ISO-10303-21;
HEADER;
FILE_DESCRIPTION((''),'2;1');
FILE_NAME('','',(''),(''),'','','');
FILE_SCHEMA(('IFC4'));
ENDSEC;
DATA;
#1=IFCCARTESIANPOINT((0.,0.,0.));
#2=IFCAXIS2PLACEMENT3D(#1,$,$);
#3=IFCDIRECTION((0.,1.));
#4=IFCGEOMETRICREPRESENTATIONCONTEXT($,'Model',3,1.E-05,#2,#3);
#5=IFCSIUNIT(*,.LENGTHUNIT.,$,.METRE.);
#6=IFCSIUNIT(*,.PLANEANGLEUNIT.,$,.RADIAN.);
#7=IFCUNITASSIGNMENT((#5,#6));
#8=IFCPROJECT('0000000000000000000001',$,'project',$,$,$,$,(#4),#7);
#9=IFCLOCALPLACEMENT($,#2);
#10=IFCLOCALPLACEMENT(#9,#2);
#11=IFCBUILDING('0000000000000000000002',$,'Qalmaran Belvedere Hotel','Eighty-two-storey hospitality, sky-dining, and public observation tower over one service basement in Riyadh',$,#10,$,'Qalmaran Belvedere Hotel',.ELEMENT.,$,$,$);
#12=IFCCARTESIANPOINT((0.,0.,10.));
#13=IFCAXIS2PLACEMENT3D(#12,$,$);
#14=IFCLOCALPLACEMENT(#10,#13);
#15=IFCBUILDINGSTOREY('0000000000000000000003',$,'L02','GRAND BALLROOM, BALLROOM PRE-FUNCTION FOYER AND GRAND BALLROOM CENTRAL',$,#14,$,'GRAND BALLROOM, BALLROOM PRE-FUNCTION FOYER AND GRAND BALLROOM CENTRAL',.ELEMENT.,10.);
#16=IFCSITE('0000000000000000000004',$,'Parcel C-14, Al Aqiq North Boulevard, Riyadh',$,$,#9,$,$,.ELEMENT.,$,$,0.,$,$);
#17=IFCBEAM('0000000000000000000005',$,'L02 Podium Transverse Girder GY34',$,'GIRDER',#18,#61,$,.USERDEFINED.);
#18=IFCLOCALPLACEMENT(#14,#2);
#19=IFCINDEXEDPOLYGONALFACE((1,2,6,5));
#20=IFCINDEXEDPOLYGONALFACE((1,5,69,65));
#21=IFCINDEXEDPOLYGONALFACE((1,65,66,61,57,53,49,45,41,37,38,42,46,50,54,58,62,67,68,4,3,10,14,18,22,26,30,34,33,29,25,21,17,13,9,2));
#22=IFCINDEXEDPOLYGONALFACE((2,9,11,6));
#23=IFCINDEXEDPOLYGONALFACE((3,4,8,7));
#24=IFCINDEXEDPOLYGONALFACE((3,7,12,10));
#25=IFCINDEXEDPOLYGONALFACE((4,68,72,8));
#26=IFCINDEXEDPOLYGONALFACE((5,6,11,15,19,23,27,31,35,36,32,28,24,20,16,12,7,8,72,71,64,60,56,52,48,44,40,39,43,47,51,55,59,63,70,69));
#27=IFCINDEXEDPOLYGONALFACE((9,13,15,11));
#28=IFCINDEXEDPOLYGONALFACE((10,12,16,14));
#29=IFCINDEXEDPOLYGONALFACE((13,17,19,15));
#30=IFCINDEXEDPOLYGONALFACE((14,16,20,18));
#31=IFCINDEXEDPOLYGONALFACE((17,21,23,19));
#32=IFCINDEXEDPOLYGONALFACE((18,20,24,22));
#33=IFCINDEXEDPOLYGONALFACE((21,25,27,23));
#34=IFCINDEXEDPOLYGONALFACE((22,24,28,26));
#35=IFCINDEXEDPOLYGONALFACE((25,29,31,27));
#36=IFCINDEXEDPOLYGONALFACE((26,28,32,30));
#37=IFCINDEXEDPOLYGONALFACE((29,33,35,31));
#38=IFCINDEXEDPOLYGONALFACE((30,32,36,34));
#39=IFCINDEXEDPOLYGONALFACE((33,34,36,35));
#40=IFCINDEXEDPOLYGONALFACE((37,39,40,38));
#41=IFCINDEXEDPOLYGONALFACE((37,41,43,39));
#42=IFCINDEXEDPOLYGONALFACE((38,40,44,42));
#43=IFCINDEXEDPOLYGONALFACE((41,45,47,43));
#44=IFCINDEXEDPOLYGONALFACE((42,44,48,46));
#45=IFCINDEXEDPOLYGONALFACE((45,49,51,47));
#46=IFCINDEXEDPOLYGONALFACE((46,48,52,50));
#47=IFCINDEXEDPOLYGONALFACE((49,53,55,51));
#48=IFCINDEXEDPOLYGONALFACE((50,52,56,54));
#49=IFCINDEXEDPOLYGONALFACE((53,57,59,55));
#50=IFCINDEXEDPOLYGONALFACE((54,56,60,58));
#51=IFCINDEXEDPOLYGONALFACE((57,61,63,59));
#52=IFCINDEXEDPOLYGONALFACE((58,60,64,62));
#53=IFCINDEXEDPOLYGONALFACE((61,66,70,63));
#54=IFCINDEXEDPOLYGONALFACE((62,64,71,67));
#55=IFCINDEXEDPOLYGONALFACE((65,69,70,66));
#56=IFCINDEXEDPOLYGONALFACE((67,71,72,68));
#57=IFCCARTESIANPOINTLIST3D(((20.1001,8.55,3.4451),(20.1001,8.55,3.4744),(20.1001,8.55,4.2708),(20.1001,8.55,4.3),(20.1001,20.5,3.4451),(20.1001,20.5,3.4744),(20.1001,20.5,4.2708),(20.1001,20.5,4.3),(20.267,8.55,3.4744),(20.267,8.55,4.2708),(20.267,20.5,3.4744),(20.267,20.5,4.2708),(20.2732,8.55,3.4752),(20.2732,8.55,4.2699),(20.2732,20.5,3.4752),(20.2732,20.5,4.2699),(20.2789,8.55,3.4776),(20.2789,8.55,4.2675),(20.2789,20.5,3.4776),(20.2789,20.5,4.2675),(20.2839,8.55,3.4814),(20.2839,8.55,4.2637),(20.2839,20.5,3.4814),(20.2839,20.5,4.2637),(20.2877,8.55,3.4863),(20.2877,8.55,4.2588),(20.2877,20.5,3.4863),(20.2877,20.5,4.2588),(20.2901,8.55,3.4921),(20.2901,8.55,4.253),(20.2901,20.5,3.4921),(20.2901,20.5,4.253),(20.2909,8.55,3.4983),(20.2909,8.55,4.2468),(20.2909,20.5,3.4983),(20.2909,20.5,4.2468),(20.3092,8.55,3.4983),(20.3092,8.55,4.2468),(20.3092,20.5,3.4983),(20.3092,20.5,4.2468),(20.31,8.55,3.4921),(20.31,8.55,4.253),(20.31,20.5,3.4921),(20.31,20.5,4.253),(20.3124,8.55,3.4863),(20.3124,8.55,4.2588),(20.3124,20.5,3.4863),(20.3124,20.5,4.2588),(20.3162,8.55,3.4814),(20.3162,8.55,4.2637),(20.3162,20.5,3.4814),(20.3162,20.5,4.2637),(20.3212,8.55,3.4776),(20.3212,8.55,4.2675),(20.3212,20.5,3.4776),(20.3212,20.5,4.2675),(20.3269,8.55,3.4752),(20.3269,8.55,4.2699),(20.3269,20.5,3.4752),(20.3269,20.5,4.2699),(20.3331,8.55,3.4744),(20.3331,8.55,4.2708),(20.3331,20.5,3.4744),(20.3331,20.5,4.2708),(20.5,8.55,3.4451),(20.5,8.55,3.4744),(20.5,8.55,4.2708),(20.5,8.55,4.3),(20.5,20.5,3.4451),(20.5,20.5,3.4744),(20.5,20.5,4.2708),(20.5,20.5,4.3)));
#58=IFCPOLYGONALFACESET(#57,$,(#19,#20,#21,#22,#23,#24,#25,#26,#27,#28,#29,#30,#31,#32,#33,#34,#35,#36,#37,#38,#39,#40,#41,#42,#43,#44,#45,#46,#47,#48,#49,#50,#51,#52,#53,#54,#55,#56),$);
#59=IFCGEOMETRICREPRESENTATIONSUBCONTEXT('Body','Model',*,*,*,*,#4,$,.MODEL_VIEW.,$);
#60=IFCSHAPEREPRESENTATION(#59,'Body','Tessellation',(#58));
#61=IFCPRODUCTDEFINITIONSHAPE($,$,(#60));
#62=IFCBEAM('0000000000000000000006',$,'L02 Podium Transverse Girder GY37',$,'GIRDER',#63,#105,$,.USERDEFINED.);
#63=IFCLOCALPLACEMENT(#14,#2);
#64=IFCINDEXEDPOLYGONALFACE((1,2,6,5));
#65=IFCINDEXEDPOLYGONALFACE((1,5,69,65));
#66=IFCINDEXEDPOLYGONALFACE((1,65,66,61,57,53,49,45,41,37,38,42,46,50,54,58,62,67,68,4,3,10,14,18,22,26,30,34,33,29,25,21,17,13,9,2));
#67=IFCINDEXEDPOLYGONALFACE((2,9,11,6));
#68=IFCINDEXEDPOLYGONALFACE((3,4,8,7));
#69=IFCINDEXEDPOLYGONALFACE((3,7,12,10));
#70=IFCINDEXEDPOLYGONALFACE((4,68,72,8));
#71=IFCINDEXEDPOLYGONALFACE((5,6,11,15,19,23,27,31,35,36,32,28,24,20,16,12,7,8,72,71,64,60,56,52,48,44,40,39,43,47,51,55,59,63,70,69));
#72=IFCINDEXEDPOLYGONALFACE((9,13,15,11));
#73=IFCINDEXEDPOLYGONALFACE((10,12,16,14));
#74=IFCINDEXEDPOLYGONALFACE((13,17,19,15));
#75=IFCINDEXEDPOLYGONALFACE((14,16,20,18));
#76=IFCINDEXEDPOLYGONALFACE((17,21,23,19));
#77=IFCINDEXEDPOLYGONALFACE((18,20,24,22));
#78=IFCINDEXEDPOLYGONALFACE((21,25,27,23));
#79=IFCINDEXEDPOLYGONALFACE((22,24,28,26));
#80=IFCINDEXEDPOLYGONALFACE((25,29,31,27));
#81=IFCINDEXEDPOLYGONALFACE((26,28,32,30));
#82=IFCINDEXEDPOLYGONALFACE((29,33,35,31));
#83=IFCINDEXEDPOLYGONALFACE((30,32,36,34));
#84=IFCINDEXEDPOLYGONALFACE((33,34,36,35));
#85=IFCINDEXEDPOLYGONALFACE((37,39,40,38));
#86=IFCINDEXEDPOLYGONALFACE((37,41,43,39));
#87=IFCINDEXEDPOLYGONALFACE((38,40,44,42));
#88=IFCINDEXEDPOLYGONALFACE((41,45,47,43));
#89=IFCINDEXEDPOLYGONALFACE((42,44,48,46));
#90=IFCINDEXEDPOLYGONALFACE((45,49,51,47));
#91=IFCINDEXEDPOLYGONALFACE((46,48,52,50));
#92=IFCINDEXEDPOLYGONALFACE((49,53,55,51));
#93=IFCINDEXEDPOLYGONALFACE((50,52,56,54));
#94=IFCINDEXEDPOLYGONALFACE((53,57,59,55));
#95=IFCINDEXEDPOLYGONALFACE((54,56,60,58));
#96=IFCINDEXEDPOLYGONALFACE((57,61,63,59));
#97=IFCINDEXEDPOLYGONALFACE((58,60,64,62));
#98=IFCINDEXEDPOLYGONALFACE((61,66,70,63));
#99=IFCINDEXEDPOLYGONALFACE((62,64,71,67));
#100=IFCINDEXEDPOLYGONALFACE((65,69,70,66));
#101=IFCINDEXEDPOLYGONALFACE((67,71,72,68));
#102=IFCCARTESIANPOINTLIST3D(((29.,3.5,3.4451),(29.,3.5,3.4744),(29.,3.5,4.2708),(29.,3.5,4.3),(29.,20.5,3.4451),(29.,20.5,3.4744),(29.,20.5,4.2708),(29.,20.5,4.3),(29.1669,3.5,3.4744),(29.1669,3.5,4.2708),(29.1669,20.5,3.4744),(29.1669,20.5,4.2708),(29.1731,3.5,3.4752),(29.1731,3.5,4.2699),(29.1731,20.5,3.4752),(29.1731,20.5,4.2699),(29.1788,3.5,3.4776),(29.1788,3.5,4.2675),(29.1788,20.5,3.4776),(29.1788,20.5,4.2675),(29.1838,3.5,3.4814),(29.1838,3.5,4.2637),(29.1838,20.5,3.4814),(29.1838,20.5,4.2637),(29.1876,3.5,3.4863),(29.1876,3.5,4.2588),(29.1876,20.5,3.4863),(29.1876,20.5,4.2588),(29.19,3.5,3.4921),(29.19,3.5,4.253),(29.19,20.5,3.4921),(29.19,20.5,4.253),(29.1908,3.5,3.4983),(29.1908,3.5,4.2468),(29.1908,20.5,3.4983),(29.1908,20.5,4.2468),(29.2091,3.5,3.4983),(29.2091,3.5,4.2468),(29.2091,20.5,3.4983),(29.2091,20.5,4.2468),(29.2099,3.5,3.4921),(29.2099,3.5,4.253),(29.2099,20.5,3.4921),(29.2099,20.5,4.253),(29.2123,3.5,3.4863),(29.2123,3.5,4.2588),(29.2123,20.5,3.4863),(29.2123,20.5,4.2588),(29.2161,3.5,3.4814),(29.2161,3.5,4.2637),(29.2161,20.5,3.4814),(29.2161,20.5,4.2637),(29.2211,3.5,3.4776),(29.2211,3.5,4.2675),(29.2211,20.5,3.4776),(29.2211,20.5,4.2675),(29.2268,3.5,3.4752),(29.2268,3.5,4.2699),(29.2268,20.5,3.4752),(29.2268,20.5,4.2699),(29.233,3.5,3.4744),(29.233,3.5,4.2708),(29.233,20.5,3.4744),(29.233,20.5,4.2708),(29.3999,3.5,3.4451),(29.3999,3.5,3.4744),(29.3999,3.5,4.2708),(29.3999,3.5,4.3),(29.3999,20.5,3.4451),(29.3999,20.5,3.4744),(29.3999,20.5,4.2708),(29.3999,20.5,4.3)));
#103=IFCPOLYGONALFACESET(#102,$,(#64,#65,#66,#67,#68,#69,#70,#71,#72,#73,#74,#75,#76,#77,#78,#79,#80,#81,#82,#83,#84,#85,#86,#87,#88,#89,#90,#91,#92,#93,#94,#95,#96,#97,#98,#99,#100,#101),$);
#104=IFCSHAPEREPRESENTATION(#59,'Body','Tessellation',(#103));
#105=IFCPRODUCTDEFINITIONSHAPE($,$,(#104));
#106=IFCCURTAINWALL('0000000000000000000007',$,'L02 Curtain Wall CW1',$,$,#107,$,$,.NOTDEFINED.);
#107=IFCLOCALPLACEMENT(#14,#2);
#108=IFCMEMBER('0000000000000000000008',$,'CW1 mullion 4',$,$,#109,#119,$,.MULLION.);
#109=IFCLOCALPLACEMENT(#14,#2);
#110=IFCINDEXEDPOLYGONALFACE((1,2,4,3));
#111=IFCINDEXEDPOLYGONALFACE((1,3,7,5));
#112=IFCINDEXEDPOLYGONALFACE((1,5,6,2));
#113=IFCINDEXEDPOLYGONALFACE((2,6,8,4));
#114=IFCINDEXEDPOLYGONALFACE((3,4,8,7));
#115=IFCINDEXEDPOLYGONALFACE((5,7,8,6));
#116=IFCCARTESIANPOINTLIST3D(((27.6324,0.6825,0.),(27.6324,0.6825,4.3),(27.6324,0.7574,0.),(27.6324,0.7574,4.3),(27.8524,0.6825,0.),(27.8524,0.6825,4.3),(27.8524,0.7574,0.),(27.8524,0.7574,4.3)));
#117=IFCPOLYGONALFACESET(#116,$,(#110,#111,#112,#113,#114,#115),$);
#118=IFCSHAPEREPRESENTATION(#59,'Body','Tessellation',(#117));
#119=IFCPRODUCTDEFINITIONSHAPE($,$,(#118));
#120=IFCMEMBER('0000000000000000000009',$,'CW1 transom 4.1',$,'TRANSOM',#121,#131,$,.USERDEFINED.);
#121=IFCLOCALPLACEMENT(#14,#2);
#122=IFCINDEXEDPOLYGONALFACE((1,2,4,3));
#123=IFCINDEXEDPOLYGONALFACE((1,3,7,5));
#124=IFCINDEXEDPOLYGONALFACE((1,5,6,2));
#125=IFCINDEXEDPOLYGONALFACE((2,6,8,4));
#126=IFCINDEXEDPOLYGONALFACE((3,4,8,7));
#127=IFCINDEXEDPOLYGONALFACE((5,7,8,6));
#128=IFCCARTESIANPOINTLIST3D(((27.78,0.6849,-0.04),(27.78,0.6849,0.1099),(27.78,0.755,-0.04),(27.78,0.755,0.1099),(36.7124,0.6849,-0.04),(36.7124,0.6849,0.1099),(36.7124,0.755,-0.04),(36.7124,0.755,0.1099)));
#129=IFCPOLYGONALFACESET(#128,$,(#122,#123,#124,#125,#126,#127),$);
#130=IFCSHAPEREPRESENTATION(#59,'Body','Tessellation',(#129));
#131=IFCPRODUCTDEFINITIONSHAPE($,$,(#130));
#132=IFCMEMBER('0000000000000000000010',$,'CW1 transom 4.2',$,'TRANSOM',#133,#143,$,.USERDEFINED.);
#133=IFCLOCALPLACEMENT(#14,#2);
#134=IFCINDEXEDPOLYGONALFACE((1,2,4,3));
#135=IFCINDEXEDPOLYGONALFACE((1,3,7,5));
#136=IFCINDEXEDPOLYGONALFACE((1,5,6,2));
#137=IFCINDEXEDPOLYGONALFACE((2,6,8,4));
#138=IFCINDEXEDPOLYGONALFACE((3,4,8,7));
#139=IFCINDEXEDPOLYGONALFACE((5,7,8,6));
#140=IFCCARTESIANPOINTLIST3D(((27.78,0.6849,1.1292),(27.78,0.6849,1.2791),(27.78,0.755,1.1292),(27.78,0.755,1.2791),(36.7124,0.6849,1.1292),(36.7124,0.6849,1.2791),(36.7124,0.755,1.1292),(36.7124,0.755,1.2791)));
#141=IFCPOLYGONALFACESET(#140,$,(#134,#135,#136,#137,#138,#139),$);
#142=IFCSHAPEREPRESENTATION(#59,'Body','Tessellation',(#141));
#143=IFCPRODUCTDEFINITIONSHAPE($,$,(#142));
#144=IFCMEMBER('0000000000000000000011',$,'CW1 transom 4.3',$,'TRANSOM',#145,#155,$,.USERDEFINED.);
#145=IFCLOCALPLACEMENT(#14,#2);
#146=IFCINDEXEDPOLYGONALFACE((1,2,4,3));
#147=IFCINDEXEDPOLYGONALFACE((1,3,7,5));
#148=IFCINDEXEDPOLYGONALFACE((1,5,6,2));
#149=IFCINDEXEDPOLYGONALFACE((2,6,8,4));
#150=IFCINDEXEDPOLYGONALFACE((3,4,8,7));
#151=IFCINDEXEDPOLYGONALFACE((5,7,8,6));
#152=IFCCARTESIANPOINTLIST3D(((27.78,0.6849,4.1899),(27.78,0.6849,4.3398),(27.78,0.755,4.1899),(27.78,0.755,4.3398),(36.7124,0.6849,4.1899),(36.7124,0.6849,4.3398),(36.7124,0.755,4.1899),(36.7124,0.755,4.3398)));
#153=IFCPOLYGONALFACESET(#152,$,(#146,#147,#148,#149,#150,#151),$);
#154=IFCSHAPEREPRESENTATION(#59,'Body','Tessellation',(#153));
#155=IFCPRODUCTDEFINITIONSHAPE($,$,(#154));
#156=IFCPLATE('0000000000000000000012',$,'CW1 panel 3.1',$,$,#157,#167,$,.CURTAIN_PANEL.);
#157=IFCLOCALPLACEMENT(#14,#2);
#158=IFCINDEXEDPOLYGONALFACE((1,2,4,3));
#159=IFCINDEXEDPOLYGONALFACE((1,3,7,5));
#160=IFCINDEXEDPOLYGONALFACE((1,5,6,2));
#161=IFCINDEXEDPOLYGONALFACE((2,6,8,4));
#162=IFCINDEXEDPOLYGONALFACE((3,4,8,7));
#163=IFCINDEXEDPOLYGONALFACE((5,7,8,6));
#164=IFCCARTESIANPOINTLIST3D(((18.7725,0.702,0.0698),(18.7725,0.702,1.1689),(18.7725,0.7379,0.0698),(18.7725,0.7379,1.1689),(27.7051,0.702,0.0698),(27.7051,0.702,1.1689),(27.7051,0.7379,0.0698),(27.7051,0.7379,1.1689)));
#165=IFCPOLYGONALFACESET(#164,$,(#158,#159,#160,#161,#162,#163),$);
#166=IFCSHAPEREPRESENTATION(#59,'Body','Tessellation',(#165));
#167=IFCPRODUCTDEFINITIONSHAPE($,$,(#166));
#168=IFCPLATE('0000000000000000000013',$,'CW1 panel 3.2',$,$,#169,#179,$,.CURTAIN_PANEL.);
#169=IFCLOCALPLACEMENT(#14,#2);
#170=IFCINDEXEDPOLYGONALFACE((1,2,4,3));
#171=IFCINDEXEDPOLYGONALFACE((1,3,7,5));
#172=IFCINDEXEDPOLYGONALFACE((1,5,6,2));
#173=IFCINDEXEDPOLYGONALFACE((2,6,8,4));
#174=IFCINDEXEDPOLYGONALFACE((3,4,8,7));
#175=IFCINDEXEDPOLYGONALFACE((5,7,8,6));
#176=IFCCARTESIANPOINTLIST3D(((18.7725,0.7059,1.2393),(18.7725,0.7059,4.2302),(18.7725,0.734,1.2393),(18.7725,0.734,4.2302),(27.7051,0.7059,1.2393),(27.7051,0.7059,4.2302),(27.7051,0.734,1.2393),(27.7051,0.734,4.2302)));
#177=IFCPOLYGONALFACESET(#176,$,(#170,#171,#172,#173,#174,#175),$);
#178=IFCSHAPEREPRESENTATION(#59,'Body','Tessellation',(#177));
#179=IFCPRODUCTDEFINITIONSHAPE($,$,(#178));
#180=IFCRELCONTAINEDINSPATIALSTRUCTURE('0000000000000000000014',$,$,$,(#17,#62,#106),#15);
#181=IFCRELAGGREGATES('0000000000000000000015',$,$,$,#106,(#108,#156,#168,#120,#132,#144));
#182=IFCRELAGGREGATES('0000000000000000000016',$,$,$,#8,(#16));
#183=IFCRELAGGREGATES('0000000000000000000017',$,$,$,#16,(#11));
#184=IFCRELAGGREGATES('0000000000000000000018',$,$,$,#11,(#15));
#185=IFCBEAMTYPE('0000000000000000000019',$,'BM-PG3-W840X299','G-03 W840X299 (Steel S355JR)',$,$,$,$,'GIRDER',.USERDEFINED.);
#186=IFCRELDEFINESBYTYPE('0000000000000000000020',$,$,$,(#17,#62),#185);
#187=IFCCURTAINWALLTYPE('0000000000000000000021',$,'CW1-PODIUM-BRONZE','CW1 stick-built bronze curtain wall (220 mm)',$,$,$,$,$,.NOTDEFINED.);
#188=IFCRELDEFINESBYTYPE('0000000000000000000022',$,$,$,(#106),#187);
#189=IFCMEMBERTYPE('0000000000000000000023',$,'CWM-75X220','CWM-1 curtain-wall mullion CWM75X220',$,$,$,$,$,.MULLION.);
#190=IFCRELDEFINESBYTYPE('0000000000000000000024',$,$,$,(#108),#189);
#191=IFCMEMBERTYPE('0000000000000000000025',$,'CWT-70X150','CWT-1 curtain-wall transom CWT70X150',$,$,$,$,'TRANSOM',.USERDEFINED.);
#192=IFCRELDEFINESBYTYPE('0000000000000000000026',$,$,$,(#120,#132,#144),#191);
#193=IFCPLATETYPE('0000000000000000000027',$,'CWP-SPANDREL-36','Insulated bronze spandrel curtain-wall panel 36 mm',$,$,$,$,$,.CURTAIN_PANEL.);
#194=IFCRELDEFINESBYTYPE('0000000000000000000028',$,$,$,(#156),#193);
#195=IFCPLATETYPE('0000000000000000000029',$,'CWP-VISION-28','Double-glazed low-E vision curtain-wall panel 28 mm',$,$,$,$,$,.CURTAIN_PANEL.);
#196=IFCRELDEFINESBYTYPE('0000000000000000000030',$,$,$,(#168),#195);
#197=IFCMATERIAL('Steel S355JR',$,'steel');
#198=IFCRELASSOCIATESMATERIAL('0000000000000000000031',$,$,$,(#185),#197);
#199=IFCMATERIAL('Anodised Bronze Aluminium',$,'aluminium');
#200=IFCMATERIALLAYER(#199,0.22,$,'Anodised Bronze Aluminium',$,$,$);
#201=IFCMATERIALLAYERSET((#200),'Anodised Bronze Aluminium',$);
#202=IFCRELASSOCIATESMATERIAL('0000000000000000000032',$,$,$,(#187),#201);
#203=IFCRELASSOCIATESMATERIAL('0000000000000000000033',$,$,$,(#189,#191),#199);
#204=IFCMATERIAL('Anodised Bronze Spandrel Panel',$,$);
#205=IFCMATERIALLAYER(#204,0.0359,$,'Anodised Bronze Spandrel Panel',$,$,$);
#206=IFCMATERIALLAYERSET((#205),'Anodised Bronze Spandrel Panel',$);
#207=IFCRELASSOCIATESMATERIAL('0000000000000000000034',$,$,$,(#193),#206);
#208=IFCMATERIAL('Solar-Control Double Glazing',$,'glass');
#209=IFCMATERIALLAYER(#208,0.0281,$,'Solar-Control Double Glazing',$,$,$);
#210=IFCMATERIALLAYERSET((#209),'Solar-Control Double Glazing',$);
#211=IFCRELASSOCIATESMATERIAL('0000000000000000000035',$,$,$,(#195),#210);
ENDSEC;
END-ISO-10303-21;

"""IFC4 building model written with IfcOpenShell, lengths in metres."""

from ifc_helpers import new_model, si_unit, direction, frame, origin, origin_2d, place, context, subcontext, project, spatial, rectangle, i_section, extrude, material, layer, layer_set, material_profile, profile_set, type_object, element, aggregate, save


model = new_model("IFC4")

# Units and contexts
model_context = context("Model", 3, precision=1e-05, world=origin(), true_north=direction((0.0, 1.0)))
body_context = subcontext(model_context, "Body", "Model", "MODEL_VIEW")
ifc_project = project(units=[si_unit("LENGTHUNIT", "METRE"), si_unit("PLANEANGLEUNIT", "RADIAN")], contexts=[model_context])

# Site, building, storey
site_placement = place(None, origin())
site = spatial("IfcSite", under=ifc_project, at=site_placement, Name="Parcel C-14, Al Aqiq North Boulevard, Riyadh", CompositionType="ELEMENT", RefElevation=0.0)
building_placement = place(site_placement, origin())
building = spatial("IfcBuilding", under=site, at=building_placement, Name="Qalmaran Belvedere Hotel", Description="Eighty-two-storey hospitality, sky-dining, and public observation tower over one service basement in Riyadh", LongName="Qalmaran Belvedere Hotel", CompositionType="ELEMENT")
storey_placement = place(building_placement, frame((0.0, 0.0, 10.0)))
storey = spatial("IfcBuildingStorey", under=building, at=storey_placement, Name="L02", Description="GRAND BALLROOM, BALLROOM PRE-FUNCTION FOYER AND GRAND BALLROOM CENTRAL", LongName="GRAND BALLROOM, BALLROOM PRE-FUNCTION FOYER AND GRAND BALLROOM CENTRAL", CompositionType="ELEMENT", Elevation=10.0)

# Beams
ifc_material_1 = material(Name="Steel S355JR", Category="steel")
ifc_material_profile_1 = material_profile(ifc_material_1, i_section(OverallWidth=0.3999, OverallDepth=0.855, WebThickness=0.0183, FlangeThickness=0.0293, FilletRadius=0.0239, at=origin_2d()), Name="W840X299")
ifc_profile_set_1 = profile_set([ifc_material_profile_1], Name="Steel S355JR")
beam_type_1 = type_object("IfcBeamType", Name="BM-PG3-W840X299", Description="G-03 W840X299 (Steel S355JR)", ElementType="GIRDER", PredefinedType="USERDEFINED", material=ifc_profile_set_1)
beam_1_placement = place(storey_placement, frame((20.3, 8.55, 3.8726), z_axis=(0.0, 1.0, 0.0), x_axis=(-1.0, 0.0, 0.0)))
element("IfcBeam", 1, at=beam_1_placement, inside=storey, type_object=beam_type_1, Name="L02 Podium Transverse Girder GY34", ObjectType="GIRDER", PredefinedType="USERDEFINED", context=body_context, shape_type="SweptSolid", body=[
    extrude(i_section(OverallWidth=0.3999, OverallDepth=0.855, WebThickness=0.0183, FlangeThickness=0.0293, FilletRadius=0.0239, at=origin_2d()), origin(), (0.0, 0.0, 1.0), 11.95),
])
beam_2_placement = place(storey_placement, frame((29.2, 3.5, 3.8726), z_axis=(0.0, 1.0, 0.0), x_axis=(-1.0, 0.0, 0.0)))
element("IfcBeam", 2, at=beam_2_placement, inside=storey, type_object=beam_type_1, Name="L02 Podium Transverse Girder GY37", ObjectType="GIRDER", PredefinedType="USERDEFINED", context=body_context, shape_type="SweptSolid", body=[
    extrude(i_section(OverallWidth=0.3999, OverallDepth=0.855, WebThickness=0.0183, FlangeThickness=0.0293, FilletRadius=0.0239, at=origin_2d()), origin(), (0.0, 0.0, 1.0), 17.0),
])

# Curtain wall, members, plates
ifc_material_2 = material(Name="Anodised Bronze Aluminium", Category="aluminium")
ifc_layer_1 = layer(ifc_material_2, 0.22, Name="Anodised Bronze Aluminium")
ifc_layer_set_1 = layer_set([ifc_layer_1], Name="Anodised Bronze Aluminium")
curtain_wall_type = type_object("IfcCurtainWallType", Name="CW1-PODIUM-BRONZE", Description="CW1 stick-built bronze curtain wall (220 mm)", PredefinedType="NOTDEFINED", material=ifc_layer_set_1)
curtain_wall_placement = place(storey_placement, origin())
curtain_wall = element("IfcCurtainWall", 3, at=curtain_wall_placement, inside=storey, type_object=curtain_wall_type, Name="L02 Curtain Wall CW1", PredefinedType="NOTDEFINED")
ifc_material_profile_2 = material_profile(ifc_material_2, rectangle(XDim=0.075, YDim=0.22, at=origin_2d()), Name="CWM75X220")
ifc_profile_set_2 = profile_set([ifc_material_profile_2], Name="Anodised Bronze Aluminium")
member_type_1 = type_object("IfcMemberType", Name="CWM-75X220", Description="CWM-1 curtain-wall mullion CWM75X220", PredefinedType="MULLION", material=ifc_profile_set_2)
member_1_placement = place(storey_placement, frame((27.7424, 0.72, 0.0), z_axis=(0.0, 0.0, 1.0), x_axis=(0.0, 1.0, 0.0)))
member_1 = element("IfcMember", 4, at=member_1_placement, type_object=member_type_1, Name="CW1 mullion 4", PredefinedType="MULLION", context=body_context, shape_type="SweptSolid", body=[
    extrude(rectangle(XDim=0.075, YDim=0.22, at=origin_2d()), origin(), (0.0, 0.0, 1.0), 4.3),
])
ifc_material_profile_3 = material_profile(ifc_material_2, rectangle(XDim=0.0701, YDim=0.1499, at=origin_2d()), Name="CWT70X150")
ifc_profile_set_3 = profile_set([ifc_material_profile_3], Name="Anodised Bronze Aluminium")
member_type_2 = type_object("IfcMemberType", Name="CWT-70X150", Description="CWT-1 curtain-wall transom CWT70X150", ElementType="TRANSOM", PredefinedType="USERDEFINED", material=ifc_profile_set_3)
member_2_placement = place(storey_placement, frame((27.78, 0.72, 0.0349), z_axis=(1.0, 0.0, 0.0), x_axis=(0.0, 1.0, 0.0)))
member_2 = element("IfcMember", 5, at=member_2_placement, type_object=member_type_2, Name="CW1 transom 4.1", ObjectType="TRANSOM", PredefinedType="USERDEFINED", context=body_context, shape_type="SweptSolid", body=[
    extrude(rectangle(XDim=0.0701, YDim=0.1499, at=origin_2d()), origin(), (0.0, 0.0, 1.0), 8.9324),
])
member_3_placement = place(storey_placement, frame((27.78, 0.72, 1.2041), z_axis=(1.0, 0.0, 0.0), x_axis=(0.0, 1.0, 0.0)))
member_3 = element("IfcMember", 6, at=member_3_placement, type_object=member_type_2, Name="CW1 transom 4.2", ObjectType="TRANSOM", PredefinedType="USERDEFINED", context=body_context, shape_type="SweptSolid", body=[
    extrude(rectangle(XDim=0.0701, YDim=0.1499, at=origin_2d()), origin(), (0.0, 0.0, 1.0), 8.9324),
])
member_4_placement = place(storey_placement, frame((27.78, 0.72, 4.2649), z_axis=(1.0, 0.0, 0.0), x_axis=(0.0, 1.0, 0.0)))
member_4 = element("IfcMember", 7, at=member_4_placement, type_object=member_type_2, Name="CW1 transom 4.3", ObjectType="TRANSOM", PredefinedType="USERDEFINED", context=body_context, shape_type="SweptSolid", body=[
    extrude(rectangle(XDim=0.0701, YDim=0.1499, at=origin_2d()), origin(), (0.0, 0.0, 1.0), 8.9324),
])
ifc_material_3 = material(Name="Anodised Bronze Spandrel Panel")
ifc_layer_2 = layer(ifc_material_3, 0.0359, Name="Anodised Bronze Spandrel Panel")
ifc_layer_set_2 = layer_set([ifc_layer_2], Name="Anodised Bronze Spandrel Panel")
plate_type_1 = type_object("IfcPlateType", Name="CWP-SPANDREL-36", Description="Insulated bronze spandrel curtain-wall panel 36 mm", PredefinedType="CURTAIN_PANEL", material=ifc_layer_set_2)
plate_1_placement = place(storey_placement, frame((23.2388, 0.72, 0.0698), z_axis=(0.0, 0.0, 1.0), x_axis=(1.0, 0.0, 0.0)))
plate_1 = element("IfcPlate", 8, at=plate_1_placement, type_object=plate_type_1, Name="CW1 panel 3.1", PredefinedType="CURTAIN_PANEL", context=body_context, shape_type="SweptSolid", body=[
    extrude(rectangle(XDim=8.9326, YDim=0.0359, at=origin_2d()), origin(), (0.0, 0.0, 1.0), 1.0991),
])
ifc_material_4 = material(Name="Solar-Control Double Glazing", Category="glass")
ifc_layer_3 = layer(ifc_material_4, 0.0281, Name="Solar-Control Double Glazing")
ifc_layer_set_3 = layer_set([ifc_layer_3], Name="Solar-Control Double Glazing")
plate_type_2 = type_object("IfcPlateType", Name="CWP-VISION-28", Description="Double-glazed low-E vision curtain-wall panel 28 mm", PredefinedType="CURTAIN_PANEL", material=ifc_layer_set_3)
plate_2_placement = place(storey_placement, frame((23.2388, 0.72, 1.2393), z_axis=(0.0, 0.0, 1.0), x_axis=(1.0, 0.0, 0.0)))
plate_2 = element("IfcPlate", 9, at=plate_2_placement, type_object=plate_type_2, Name="CW1 panel 3.2", PredefinedType="CURTAIN_PANEL", context=body_context, shape_type="SweptSolid", body=[
    extrude(rectangle(XDim=8.9326, YDim=0.0281, at=origin_2d()), origin(), (0.0, 0.0, 1.0), 2.991),
])
aggregate(curtain_wall, [member_1, plate_1, plate_2, member_2, member_3, member_4])

save(model, "model.ifc")
